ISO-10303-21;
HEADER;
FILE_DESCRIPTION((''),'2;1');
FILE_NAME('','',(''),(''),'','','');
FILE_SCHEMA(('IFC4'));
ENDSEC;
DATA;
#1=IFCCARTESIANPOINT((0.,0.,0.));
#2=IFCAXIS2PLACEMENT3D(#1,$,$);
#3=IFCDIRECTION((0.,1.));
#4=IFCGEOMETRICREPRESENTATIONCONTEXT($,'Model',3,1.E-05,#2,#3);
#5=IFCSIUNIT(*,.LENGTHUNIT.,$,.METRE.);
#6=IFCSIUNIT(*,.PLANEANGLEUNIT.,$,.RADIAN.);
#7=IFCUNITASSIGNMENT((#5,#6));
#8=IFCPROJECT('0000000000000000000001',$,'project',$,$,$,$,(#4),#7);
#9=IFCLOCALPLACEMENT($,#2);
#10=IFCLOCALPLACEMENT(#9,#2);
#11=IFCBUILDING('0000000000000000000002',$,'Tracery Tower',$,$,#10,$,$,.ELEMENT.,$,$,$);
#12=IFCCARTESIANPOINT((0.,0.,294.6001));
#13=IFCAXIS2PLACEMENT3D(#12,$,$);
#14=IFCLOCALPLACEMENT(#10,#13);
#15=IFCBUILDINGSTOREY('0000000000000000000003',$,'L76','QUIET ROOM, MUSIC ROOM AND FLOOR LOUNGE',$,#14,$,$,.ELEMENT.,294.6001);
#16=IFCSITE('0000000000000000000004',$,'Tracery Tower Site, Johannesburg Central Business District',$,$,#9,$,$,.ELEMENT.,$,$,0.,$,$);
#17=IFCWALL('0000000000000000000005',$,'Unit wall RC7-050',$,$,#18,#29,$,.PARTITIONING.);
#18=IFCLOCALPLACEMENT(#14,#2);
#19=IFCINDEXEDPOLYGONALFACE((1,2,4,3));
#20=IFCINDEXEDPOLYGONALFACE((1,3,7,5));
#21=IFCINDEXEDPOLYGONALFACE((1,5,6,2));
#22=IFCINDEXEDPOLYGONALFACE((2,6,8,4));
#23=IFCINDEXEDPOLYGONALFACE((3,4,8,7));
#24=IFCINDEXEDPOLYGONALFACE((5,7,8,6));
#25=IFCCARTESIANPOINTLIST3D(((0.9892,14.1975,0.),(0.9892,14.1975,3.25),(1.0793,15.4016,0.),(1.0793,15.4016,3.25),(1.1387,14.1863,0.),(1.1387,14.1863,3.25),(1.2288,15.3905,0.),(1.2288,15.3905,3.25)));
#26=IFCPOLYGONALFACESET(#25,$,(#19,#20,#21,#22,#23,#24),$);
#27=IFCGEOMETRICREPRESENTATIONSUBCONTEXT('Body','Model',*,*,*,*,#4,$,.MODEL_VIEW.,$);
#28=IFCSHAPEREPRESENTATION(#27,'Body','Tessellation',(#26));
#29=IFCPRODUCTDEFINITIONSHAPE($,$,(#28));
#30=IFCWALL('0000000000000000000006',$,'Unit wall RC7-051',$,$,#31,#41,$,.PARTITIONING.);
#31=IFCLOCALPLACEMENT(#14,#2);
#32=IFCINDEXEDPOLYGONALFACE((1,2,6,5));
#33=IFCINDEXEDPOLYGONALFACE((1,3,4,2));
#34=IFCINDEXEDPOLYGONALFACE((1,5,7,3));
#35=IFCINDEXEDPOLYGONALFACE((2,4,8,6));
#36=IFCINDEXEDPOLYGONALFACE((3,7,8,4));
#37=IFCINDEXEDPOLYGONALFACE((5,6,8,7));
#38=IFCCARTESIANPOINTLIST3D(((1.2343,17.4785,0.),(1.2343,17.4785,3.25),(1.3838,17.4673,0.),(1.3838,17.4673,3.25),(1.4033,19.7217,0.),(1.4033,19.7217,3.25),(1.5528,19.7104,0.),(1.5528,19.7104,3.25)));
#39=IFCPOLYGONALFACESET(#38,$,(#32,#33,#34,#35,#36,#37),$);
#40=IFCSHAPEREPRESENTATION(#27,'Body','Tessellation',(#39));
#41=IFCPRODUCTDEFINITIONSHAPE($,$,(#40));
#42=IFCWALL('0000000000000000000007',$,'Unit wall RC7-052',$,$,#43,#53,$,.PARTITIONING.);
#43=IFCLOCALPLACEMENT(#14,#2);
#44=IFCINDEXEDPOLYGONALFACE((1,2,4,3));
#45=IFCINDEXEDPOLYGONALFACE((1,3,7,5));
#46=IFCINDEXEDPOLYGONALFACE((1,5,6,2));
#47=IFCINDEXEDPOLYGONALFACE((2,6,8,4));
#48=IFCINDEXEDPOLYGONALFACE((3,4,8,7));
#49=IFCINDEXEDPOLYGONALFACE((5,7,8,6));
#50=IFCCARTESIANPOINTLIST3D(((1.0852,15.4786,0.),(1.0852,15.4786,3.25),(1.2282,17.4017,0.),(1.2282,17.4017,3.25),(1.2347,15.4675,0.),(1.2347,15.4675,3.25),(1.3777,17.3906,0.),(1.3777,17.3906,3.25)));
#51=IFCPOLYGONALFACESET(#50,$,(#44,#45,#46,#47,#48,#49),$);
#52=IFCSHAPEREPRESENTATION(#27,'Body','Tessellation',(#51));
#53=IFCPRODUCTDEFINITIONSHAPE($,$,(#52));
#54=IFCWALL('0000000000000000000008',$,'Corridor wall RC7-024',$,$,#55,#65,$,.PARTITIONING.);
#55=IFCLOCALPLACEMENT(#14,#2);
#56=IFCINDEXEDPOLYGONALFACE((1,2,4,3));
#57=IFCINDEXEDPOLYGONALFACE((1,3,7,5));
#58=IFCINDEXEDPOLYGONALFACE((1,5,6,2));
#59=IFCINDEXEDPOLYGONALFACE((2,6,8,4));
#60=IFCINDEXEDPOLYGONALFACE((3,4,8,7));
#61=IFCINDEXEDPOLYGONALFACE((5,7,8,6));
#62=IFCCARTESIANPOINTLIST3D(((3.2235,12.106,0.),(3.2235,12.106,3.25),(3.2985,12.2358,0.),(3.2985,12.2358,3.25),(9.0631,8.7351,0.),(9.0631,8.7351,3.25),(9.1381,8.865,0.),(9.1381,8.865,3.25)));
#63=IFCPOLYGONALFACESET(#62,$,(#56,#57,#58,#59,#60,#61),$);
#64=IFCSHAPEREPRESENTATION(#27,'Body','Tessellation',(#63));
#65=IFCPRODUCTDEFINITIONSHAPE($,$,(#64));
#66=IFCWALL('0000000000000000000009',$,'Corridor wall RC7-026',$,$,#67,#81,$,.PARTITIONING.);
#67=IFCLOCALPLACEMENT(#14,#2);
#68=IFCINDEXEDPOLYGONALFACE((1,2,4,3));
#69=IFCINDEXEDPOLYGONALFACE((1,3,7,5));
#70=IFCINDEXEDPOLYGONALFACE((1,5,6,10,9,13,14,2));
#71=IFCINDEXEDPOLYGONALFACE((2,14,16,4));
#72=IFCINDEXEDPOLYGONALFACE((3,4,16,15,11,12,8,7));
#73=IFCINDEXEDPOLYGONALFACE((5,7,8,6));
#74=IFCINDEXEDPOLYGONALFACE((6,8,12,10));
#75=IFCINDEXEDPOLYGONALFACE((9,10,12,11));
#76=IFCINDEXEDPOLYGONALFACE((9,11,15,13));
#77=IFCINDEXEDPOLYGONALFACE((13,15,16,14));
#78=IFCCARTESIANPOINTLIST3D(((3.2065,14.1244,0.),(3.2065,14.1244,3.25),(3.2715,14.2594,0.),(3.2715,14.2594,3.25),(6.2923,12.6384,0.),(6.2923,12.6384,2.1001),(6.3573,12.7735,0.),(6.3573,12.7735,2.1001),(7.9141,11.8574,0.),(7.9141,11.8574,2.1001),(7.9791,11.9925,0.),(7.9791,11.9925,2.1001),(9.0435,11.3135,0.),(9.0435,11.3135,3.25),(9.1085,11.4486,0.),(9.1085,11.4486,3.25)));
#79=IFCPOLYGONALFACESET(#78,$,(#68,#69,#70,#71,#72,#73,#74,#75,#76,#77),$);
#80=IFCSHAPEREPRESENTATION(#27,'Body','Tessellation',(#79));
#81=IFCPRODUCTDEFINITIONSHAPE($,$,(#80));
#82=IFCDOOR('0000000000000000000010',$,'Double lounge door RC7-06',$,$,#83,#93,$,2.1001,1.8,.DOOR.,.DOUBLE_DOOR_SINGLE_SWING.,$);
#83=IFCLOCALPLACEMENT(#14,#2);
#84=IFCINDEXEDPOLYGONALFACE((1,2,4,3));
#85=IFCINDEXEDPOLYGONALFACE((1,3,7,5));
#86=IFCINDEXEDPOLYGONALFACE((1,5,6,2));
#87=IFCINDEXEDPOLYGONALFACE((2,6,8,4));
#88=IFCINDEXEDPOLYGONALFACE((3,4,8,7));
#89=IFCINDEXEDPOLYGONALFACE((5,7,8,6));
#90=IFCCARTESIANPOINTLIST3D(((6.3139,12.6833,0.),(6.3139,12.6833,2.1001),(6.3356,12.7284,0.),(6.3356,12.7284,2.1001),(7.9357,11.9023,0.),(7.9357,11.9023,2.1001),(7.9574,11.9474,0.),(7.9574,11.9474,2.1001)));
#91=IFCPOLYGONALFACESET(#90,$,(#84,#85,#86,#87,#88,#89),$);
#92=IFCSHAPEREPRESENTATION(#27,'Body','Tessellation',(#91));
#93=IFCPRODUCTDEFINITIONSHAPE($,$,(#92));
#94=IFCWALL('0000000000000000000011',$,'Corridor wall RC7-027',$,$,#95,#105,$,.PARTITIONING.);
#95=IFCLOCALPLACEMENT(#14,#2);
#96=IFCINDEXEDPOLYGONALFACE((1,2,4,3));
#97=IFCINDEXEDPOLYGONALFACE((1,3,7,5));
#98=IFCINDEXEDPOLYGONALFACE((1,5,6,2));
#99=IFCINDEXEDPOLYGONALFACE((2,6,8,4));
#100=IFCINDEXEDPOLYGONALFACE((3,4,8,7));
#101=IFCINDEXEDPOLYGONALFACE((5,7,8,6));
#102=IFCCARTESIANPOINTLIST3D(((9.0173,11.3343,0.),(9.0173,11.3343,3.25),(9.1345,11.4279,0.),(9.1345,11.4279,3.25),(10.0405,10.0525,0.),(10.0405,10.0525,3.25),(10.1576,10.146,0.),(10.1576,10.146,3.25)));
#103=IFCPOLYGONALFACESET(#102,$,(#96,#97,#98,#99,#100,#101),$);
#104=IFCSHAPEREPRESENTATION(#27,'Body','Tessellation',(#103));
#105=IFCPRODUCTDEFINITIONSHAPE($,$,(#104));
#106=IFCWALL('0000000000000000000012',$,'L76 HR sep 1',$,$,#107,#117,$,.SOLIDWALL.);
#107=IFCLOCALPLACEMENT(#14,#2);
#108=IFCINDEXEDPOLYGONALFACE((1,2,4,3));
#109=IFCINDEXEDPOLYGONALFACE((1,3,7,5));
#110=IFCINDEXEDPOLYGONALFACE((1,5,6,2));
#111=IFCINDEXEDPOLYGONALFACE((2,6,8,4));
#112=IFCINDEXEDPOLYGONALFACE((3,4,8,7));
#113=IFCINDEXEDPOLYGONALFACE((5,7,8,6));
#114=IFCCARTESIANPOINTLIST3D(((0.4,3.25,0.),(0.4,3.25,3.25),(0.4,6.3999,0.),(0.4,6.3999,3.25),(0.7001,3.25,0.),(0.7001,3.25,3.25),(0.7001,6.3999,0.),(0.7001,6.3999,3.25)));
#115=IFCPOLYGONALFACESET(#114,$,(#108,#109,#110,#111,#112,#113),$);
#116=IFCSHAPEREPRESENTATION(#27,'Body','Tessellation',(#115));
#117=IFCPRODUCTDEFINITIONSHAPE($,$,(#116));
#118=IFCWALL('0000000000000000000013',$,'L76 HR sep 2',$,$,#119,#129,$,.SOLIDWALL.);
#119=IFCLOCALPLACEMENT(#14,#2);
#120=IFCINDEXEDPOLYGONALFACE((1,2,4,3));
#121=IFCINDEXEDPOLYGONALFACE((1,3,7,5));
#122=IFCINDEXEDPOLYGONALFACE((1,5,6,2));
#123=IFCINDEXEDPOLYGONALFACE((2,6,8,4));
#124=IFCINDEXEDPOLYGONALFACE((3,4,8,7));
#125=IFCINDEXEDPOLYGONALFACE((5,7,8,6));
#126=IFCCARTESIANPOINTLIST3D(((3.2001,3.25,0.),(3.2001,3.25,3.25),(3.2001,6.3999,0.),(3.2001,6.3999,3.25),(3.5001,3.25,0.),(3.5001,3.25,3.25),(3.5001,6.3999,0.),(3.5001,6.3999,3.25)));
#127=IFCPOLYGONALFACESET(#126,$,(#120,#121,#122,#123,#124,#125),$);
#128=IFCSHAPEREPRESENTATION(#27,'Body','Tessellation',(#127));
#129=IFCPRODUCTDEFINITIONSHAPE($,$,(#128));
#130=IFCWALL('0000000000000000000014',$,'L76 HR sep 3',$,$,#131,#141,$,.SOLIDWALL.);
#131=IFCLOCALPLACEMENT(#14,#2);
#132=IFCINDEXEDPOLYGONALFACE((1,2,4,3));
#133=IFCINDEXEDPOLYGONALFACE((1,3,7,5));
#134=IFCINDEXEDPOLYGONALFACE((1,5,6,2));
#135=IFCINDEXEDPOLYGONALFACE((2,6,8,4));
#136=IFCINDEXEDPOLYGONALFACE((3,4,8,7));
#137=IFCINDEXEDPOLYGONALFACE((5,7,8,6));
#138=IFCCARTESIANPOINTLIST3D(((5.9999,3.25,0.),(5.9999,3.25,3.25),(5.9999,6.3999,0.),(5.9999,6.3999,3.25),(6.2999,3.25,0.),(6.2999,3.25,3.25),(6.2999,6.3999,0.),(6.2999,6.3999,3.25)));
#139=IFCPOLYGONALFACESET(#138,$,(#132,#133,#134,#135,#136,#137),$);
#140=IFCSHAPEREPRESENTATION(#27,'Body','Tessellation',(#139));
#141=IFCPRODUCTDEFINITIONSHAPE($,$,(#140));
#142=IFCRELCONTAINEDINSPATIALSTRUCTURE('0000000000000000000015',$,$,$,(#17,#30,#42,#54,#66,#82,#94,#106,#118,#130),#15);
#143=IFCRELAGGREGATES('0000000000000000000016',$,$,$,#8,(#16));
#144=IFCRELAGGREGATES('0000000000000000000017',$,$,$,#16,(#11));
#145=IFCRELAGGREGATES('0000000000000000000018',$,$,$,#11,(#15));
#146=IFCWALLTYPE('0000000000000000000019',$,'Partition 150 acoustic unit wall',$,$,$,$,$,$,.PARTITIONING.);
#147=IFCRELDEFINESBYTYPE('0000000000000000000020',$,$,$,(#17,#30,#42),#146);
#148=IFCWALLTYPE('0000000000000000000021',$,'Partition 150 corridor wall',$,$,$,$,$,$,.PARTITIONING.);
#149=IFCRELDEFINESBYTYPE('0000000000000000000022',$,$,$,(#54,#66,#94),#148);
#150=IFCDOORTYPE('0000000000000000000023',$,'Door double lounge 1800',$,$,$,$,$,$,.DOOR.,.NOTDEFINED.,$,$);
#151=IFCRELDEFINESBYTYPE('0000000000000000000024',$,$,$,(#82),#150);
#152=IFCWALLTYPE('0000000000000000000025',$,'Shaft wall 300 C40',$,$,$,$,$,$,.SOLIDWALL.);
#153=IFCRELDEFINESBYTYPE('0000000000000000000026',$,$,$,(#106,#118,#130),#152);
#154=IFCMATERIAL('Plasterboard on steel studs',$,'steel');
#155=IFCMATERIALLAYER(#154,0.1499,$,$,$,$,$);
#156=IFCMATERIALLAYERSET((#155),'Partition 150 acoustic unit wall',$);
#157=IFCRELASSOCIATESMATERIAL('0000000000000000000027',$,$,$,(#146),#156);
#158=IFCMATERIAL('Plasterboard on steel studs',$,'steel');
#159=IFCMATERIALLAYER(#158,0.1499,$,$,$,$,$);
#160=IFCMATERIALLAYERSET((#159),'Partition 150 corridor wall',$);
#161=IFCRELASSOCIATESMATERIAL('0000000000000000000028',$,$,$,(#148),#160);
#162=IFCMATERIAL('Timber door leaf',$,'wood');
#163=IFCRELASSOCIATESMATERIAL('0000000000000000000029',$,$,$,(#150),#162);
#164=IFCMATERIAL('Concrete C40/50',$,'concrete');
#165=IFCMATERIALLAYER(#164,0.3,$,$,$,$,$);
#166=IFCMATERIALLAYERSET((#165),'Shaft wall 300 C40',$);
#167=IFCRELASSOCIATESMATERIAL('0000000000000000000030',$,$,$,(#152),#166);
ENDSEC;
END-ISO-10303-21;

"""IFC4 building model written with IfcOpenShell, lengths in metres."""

from ifc_helpers import new_model, si_unit, direction, frame, frame_2d, origin, place, context, subcontext, project, spatial, rectangle, extrude, material, layer, layer_set, type_object, element, fill, save


model = new_model("IFC4")

# Units and contexts
model_context = context("Model", 3, precision=1e-05, world=origin(), true_north=direction((0.0, 1.0)))
body_context = subcontext(model_context, "Body", "Model", "MODEL_VIEW")
ifc_project = project(units=[si_unit("LENGTHUNIT", "METRE"), si_unit("PLANEANGLEUNIT", "RADIAN")], contexts=[model_context])

# Site, building, storey
site_placement = place(None, origin())
site = spatial("IfcSite", under=ifc_project, at=site_placement, Name="Tracery Tower Site, Johannesburg Central Business District", CompositionType="ELEMENT", RefElevation=0.0)
building_placement = place(site_placement, origin())
building = spatial("IfcBuilding", under=site, at=building_placement, Name="Tracery Tower", CompositionType="ELEMENT")
storey_placement = place(building_placement, frame((0.0, 0.0, 294.6001)))
storey = spatial("IfcBuildingStorey", under=building, at=storey_placement, Name="L76", Description="QUIET ROOM, MUSIC ROOM AND FLOOR LOUNGE", CompositionType="ELEMENT", Elevation=294.6001)

# Walls
ifc_material_1 = material(Name="Plasterboard on steel studs", Category="steel")
ifc_layer_1 = layer(ifc_material_1, 0.1499)
ifc_layer_set_1 = layer_set([ifc_layer_1], Name="Partition 150 acoustic unit wall")
wall_type_1 = type_object("IfcWallType", Name="Partition 150 acoustic unit wall", PredefinedType="PARTITIONING", material=ifc_layer_set_1)
wall_1_placement = place(storey_placement, frame((1.064, 14.1919, 0.0), z_axis=(0.0, 0.0, 1.0), x_axis=(0.074609, 0.997213, 0.0)))
element("IfcWall", 1, at=wall_1_placement, inside=storey, type_object=wall_type_1, Name="Unit wall RC7-050", PredefinedType="PARTITIONING", context=body_context, shape_type="SweptSolid", body=[
    extrude(rectangle(XDim=1.2075, YDim=0.1499, at=frame_2d((0.6038, 0.0))), origin(), (0.0, 0.0, 1.0), 3.25),
])
wall_2_placement = place(storey_placement, frame((1.3091, 17.4729, 0.0), z_axis=(0.0, 0.0, 1.0), x_axis=(0.075103, 0.997176, 0.0)))
element("IfcWall", 2, at=wall_2_placement, inside=storey, type_object=wall_type_1, Name="Unit wall RC7-051", PredefinedType="PARTITIONING", context=body_context, shape_type="SweptSolid", body=[
    extrude(rectangle(XDim=2.2495, YDim=0.1499, at=frame_2d((1.1248, 0.0))), origin(), (0.0, 0.0, 1.0), 3.25),
])
wall_3_placement = place(storey_placement, frame((1.1599, 15.4729, 0.0), z_axis=(0.0, 0.0, 1.0), x_axis=(0.074189, 0.997244, 0.0)))
element("IfcWall", 3, at=wall_3_placement, inside=storey, type_object=wall_type_1, Name="Unit wall RC7-052", PredefinedType="PARTITIONING", context=body_context, shape_type="SweptSolid", body=[
    extrude(rectangle(XDim=1.9285, YDim=0.1499, at=frame_2d((0.9644, 0.0))), origin(), (0.0, 0.0, 1.0), 3.25),
])
ifc_material_2 = material(Name="Plasterboard on steel studs", Category="steel")
ifc_layer_2 = layer(ifc_material_2, 0.1499)
ifc_layer_set_2 = layer_set([ifc_layer_2], Name="Partition 150 corridor wall")
wall_type_2 = type_object("IfcWallType", Name="Partition 150 corridor wall", PredefinedType="PARTITIONING", material=ifc_layer_set_2)
wall_4_placement = place(storey_placement, frame((3.261, 12.1709, 0.0), z_axis=(0.0, 0.0, 1.0), x_axis=(0.866067, -0.499928, 0.0)))
element("IfcWall", 4, at=wall_4_placement, inside=storey, type_object=wall_type_2, Name="Corridor wall RC7-024", PredefinedType="PARTITIONING", context=body_context, shape_type="SweptSolid", body=[
    extrude(rectangle(XDim=6.7427, YDim=0.1499, at=frame_2d((3.3713, 0.0))), origin(), (0.0, 0.0, 1.0), 3.25),
])

# Wall, opening, door
wall_5_placement = place(storey_placement, frame((3.239, 14.1919, 0.0), z_axis=(0.0, 0.0, 1.0), x_axis=(0.900976, -0.433869, 0.0)))
wall_5 = element("IfcWall", 5, at=wall_5_placement, inside=storey, type_object=wall_type_2, Name="Corridor wall RC7-026", PredefinedType="PARTITIONING", context=body_context, shape_type="SweptSolid", body=[
    extrude(rectangle(XDim=6.4785, YDim=0.1499, at=frame_2d((3.2393, 0.0))), origin(), (0.0, 0.0, 1.0), 3.25),
])
opening_1_placement = place(wall_5_placement, frame((3.425, 0.0, 0.0)))
opening_1 = element("IfcOpeningElement", 6, at=opening_1_placement, cuts=wall_5, PredefinedType="OPENING", context=body_context, shape_type="SweptSolid", body=[
    extrude(rectangle(XDim=1.8, YDim=2.1001, at=frame_2d((0.8999, 1.05))), frame((0.0, 0.075, 0.0), z_axis=(0.0, -1.0, 0.0), x_axis=(1.0, 0.0, 0.0)), (0.0, 0.0, 1.0), 0.1499),
])
ifc_material_3 = material(Name="Timber door leaf", Category="wood")
door_type_1 = type_object("IfcDoorType", Name="Door double lounge 1800", OperationType="NOTDEFINED", PredefinedType="DOOR", material=ifc_material_3)
door_1_placement = place(opening_1_placement, origin())
door_1 = element("IfcDoor", 7, at=door_1_placement, inside=storey, type_object=door_type_1, Name="Double lounge door RC7-06", OperationType="DOUBLE_DOOR_SINGLE_SWING", OverallHeight=2.1001, OverallWidth=1.8, PredefinedType="DOOR", context=body_context, shape_type="SweptSolid", body=[
    extrude(rectangle(XDim=1.8, YDim=2.1001, at=frame_2d((0.8999, 1.05))), frame((0.0, 0.0249, 0.0), z_axis=(0.0, -1.0, 0.0), x_axis=(1.0, 0.0, 0.0)), (0.0, 0.0, 1.0), 0.05),
])
fill(opening_1, door_1)

# Walls
wall_6_placement = place(storey_placement, frame((9.0759, 11.3811, 0.0), z_axis=(0.0, 0.0, 1.0), x_axis=(0.623805, -0.78158, 0.0)))
element("IfcWall", 8, at=wall_6_placement, inside=storey, type_object=wall_type_2, Name="Corridor wall RC7-027", PredefinedType="PARTITIONING", context=body_context, shape_type="SweptSolid", body=[
    extrude(rectangle(XDim=1.6401, YDim=0.1499, at=frame_2d((0.8201, 0.0))), origin(), (0.0, 0.0, 1.0), 3.25),
])
ifc_material_4 = material(Name="Concrete C40/50", Category="concrete")
ifc_layer_3 = layer(ifc_material_4, 0.3)
ifc_layer_set_3 = layer_set([ifc_layer_3], Name="Shaft wall 300 C40")
wall_type_3 = type_object("IfcWallType", Name="Shaft wall 300 C40", PredefinedType="SOLIDWALL", material=ifc_layer_set_3)
for number, where, z_axis, x_axis, name in (
    (9, (0.55, 3.25, 0.0), (0.0, 0.0, 1.0), (0.0, 1.0, 0.0), "L76 HR sep 1"),
    (10, (3.3501, 3.25, 0.0), (0.0, 0.0, 1.0), (0.0, 1.0, 0.0), "L76 HR sep 2"),
    (11, (6.1499, 3.25, 0.0), (0.0, 0.0, 1.0), (0.0, 1.0, 0.0), "L76 HR sep 3"),
):
    element("IfcWall", number, at=place(storey_placement, frame(where, z_axis=z_axis, x_axis=x_axis)), inside=storey, type_object=wall_type_3, Name=name, PredefinedType="SOLIDWALL", context=body_context, shape_type="SweptSolid", body=[
        extrude(rectangle(XDim=3.1499, YDim=0.3, at=frame_2d((1.575, 0.0))), origin(), (0.0, 0.0, 1.0), 3.25),
    ])

save(model, "model.ifc")
